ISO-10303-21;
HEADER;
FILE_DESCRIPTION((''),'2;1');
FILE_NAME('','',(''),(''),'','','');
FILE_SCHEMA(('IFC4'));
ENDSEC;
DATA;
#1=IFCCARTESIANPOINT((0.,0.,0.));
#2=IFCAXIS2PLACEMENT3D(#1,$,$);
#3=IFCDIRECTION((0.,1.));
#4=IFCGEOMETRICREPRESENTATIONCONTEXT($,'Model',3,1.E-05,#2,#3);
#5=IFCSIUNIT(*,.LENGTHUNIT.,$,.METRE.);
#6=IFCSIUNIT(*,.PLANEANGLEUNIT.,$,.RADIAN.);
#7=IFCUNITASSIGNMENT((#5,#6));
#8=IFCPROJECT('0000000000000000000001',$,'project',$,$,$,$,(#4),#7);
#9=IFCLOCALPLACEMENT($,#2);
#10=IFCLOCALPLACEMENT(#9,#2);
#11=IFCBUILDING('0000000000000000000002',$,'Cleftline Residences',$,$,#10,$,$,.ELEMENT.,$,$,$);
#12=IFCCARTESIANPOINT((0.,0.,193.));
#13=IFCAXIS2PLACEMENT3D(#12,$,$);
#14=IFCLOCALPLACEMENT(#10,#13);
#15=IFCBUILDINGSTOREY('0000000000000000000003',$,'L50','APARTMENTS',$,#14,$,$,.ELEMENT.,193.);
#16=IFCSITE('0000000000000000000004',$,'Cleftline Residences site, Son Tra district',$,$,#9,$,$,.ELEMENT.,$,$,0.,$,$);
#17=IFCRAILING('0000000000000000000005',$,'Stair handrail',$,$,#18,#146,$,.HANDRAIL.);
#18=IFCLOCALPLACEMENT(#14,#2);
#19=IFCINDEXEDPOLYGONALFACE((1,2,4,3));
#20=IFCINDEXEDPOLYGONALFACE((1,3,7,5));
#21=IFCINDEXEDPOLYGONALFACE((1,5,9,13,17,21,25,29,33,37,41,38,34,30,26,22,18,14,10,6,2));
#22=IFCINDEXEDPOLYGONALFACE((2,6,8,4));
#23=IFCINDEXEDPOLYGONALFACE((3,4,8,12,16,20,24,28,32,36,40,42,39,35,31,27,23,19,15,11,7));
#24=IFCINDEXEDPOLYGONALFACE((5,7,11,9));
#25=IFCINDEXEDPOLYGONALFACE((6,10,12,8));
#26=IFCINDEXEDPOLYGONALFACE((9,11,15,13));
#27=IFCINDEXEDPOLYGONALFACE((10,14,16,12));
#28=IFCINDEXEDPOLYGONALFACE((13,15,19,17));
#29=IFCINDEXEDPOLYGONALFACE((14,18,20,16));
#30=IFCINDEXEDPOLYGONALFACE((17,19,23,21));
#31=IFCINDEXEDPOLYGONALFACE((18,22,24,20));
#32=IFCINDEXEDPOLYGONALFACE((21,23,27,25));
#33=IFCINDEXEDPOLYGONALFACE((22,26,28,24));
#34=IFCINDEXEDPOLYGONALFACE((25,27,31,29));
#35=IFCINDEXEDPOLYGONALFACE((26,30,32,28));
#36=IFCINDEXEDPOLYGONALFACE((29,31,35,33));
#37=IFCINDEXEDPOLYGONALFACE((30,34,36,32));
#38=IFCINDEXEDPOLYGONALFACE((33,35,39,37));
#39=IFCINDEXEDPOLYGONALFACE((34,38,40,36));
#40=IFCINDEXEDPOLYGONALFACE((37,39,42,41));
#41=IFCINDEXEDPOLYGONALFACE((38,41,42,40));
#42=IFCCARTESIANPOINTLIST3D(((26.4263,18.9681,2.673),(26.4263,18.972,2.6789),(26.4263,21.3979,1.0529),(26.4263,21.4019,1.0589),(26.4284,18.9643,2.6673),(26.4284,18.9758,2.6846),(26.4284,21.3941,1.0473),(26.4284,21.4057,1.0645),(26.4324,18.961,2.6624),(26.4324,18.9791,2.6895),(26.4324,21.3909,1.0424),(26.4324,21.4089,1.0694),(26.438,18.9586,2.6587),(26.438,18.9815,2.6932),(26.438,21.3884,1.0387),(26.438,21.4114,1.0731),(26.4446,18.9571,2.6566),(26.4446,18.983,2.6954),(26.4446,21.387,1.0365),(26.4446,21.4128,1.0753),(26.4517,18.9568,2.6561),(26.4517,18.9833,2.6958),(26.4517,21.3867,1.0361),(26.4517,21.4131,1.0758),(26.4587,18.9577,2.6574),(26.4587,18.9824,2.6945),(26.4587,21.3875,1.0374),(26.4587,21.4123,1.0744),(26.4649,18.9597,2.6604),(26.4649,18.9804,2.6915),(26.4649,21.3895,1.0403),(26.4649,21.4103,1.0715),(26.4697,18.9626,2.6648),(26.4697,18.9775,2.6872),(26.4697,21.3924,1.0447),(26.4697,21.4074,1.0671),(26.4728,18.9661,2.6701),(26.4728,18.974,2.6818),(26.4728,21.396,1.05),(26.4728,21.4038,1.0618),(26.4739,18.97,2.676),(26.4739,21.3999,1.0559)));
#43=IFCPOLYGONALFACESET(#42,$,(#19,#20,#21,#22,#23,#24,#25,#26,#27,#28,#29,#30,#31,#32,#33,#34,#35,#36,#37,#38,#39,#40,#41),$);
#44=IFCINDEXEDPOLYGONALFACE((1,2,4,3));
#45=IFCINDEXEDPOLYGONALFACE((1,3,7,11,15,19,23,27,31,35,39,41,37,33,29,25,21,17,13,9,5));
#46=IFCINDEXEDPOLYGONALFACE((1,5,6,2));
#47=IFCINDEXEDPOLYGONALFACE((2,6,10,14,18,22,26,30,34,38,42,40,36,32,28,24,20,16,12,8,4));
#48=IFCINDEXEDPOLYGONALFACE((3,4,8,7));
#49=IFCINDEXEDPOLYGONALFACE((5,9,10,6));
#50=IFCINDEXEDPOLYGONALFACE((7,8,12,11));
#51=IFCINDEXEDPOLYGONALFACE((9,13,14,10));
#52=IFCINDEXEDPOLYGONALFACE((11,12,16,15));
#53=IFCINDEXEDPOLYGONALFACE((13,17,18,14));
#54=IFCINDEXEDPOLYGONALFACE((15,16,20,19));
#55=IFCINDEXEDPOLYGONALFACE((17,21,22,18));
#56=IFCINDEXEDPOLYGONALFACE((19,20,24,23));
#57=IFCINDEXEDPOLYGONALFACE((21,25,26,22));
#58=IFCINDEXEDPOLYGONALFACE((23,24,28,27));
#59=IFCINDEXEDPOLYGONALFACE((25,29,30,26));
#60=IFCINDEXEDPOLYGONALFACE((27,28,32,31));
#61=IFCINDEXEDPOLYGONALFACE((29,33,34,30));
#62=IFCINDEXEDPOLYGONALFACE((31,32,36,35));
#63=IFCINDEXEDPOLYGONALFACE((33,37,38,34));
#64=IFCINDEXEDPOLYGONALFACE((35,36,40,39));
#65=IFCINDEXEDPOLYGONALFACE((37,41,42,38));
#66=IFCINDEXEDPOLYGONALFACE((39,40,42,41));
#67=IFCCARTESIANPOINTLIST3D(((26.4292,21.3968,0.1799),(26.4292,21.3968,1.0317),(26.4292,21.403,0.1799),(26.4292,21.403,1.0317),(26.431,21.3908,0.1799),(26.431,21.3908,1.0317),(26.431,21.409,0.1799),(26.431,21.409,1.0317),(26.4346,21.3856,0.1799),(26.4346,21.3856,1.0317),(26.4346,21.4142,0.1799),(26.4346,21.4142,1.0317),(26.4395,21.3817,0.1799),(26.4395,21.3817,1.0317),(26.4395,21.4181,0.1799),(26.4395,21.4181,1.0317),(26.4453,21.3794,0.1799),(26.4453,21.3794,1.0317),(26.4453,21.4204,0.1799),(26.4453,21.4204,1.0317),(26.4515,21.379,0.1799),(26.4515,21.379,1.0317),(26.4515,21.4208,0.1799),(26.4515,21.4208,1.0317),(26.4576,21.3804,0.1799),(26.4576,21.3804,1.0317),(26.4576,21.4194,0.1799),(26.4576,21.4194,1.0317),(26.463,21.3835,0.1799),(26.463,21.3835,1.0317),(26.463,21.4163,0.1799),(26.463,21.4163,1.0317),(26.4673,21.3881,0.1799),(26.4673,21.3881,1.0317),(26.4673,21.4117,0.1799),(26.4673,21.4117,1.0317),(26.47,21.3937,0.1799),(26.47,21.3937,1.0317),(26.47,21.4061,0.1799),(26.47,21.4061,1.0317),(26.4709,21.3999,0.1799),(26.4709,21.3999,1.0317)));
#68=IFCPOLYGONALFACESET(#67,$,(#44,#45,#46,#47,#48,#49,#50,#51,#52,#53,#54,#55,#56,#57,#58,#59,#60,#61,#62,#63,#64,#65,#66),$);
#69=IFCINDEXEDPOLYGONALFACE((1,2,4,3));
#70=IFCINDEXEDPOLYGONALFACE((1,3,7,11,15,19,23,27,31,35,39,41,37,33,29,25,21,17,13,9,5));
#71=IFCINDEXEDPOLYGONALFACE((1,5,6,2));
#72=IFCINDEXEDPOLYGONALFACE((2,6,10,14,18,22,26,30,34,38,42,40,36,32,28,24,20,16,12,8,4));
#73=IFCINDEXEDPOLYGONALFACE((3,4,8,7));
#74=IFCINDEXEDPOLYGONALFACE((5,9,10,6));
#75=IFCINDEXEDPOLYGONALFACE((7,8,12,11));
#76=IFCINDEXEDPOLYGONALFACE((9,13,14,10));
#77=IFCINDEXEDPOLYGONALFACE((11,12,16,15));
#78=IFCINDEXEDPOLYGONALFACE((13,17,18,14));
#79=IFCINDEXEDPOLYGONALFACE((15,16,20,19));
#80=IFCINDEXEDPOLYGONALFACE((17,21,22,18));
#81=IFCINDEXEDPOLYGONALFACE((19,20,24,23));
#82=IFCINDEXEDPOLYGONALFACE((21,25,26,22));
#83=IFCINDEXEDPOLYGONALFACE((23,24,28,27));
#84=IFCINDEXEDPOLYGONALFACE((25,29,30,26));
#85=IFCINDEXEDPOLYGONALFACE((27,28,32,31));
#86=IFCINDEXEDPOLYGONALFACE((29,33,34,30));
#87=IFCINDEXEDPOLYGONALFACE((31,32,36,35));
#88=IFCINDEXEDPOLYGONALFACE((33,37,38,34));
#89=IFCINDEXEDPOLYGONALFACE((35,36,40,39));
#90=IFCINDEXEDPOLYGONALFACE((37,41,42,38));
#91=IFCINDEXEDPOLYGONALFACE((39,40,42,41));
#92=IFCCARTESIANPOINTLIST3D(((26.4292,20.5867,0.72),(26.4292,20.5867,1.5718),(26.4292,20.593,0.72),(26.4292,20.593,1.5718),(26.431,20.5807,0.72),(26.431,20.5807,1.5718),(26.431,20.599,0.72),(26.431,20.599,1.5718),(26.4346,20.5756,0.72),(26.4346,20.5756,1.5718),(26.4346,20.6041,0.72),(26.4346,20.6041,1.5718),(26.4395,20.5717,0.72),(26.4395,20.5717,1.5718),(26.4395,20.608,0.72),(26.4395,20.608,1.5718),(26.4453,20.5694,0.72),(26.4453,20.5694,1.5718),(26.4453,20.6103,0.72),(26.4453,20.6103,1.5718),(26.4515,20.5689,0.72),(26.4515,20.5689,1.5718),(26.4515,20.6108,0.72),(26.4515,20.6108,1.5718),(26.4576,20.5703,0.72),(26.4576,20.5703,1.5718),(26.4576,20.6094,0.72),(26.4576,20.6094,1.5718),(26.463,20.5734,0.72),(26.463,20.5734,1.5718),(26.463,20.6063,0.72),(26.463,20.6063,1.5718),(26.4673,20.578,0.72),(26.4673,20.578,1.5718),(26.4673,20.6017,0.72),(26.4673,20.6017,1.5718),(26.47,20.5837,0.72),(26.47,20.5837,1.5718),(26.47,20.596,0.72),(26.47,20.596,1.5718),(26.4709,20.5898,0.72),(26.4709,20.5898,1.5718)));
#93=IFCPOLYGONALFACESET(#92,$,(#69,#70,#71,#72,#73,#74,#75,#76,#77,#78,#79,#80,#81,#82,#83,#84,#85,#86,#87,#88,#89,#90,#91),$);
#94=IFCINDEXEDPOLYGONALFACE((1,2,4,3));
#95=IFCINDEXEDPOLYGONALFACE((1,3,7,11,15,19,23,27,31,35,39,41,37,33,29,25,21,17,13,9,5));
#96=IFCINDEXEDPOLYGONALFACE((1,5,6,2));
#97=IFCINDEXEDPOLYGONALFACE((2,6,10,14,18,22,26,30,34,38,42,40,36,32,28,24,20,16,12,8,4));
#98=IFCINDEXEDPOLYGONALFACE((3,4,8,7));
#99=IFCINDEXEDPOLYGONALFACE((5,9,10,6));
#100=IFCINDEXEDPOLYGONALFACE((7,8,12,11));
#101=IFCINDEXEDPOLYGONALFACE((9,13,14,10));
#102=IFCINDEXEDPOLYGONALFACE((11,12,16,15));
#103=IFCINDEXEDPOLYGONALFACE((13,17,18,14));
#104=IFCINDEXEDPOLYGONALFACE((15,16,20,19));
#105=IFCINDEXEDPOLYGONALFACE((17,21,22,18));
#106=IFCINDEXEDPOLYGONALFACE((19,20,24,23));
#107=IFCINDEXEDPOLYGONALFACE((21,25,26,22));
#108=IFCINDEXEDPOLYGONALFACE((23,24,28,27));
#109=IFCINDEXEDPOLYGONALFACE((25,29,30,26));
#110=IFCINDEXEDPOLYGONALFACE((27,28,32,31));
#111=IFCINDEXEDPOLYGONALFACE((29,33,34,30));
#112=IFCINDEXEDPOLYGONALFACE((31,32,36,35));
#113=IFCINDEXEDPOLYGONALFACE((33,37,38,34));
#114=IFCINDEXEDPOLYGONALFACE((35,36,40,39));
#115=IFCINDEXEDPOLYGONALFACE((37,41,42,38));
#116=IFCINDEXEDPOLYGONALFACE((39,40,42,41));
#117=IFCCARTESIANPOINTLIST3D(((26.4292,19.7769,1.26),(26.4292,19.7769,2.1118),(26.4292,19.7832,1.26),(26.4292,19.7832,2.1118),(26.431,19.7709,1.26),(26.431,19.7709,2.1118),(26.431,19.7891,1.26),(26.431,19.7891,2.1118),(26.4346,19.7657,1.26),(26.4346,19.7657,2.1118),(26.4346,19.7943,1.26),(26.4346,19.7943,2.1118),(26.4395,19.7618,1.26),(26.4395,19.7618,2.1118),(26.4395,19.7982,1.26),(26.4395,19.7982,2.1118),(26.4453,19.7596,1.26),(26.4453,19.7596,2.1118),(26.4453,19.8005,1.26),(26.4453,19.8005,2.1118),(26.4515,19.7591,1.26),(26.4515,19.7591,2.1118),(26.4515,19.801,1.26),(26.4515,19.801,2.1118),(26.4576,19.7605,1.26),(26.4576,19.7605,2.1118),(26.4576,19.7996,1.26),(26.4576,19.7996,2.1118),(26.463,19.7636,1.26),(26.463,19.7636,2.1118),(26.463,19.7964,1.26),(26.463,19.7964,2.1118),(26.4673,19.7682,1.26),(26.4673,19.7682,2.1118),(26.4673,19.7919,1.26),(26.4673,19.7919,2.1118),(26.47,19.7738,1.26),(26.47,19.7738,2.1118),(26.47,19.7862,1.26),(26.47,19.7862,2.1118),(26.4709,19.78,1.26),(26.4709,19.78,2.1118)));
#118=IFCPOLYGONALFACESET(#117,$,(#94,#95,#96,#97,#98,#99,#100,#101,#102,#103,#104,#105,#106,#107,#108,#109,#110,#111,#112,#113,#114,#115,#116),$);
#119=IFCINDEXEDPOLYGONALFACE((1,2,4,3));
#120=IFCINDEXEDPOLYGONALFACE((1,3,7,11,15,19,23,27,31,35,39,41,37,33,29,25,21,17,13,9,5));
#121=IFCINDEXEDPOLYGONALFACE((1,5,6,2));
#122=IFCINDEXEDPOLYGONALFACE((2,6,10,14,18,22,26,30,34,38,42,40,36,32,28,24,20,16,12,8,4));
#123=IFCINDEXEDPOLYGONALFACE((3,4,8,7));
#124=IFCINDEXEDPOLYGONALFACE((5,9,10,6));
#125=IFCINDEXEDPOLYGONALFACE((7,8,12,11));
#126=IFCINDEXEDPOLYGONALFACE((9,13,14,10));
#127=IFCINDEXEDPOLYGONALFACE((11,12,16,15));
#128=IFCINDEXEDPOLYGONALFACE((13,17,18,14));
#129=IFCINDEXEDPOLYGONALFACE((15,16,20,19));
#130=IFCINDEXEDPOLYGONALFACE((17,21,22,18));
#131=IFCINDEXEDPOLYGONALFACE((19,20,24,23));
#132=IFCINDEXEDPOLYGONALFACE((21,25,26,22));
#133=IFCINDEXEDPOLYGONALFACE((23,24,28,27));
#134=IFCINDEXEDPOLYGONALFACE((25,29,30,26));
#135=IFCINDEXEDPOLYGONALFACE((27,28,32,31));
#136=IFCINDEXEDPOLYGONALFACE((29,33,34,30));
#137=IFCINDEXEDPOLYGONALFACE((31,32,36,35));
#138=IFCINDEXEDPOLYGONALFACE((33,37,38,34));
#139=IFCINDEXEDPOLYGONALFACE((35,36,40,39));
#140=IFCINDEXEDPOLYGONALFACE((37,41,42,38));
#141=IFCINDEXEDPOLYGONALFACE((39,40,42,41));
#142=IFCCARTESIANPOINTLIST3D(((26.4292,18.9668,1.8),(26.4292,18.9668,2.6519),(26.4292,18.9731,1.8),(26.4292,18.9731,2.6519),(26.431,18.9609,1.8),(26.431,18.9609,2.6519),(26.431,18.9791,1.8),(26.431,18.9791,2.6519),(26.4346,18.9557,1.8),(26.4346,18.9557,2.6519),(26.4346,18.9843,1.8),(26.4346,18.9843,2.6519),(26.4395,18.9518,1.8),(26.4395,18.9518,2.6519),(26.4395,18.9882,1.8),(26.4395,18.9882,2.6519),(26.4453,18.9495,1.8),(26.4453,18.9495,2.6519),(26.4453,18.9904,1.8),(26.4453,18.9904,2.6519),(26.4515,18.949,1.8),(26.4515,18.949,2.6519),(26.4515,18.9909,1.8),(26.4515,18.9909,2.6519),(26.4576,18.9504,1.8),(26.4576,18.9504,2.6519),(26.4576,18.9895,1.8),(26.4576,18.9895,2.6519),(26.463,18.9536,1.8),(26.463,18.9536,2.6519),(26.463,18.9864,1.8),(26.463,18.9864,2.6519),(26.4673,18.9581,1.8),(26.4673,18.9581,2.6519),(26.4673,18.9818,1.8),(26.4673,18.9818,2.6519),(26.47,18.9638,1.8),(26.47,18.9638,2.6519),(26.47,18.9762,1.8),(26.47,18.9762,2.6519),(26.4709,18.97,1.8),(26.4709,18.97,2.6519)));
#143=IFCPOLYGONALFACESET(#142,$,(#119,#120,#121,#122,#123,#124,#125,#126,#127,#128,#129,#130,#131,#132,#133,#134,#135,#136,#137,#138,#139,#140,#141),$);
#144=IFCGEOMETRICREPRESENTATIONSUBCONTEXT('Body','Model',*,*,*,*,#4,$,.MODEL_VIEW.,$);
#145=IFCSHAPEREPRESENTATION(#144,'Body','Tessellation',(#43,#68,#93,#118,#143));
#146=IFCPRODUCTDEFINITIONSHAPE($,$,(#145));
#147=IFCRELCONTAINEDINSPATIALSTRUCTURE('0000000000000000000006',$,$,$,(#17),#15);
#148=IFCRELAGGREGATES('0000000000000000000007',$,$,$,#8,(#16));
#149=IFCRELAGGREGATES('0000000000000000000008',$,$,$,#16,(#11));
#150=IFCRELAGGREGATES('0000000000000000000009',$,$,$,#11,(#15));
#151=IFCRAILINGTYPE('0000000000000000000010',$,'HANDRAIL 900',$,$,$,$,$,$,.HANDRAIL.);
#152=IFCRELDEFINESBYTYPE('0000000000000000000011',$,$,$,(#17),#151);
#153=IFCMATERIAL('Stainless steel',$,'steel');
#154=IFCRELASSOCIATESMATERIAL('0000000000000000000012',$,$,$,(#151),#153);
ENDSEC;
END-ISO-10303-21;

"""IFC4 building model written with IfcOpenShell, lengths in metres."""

from ifc_helpers import new_model, si_unit, direction, frame, origin, origin_2d, place, context, subcontext, project, spatial, circle, extrude, material, type_object, element, save


model = new_model("IFC4")

# Units and contexts
model_context = context("Model", 3, precision=1e-05, world=origin(), true_north=direction((0.0, 1.0)))
body_context = subcontext(model_context, "Body", "Model", "MODEL_VIEW")
ifc_project = project(units=[si_unit("LENGTHUNIT", "METRE"), si_unit("PLANEANGLEUNIT", "RADIAN")], contexts=[model_context])

# Site, building, storey
site_placement = place(None, origin())
site = spatial("IfcSite", under=ifc_project, at=site_placement, Name="Cleftline Residences site, Son Tra district", CompositionType="ELEMENT", RefElevation=0.0)
building_placement = place(site_placement, origin())
building = spatial("IfcBuilding", under=site, at=building_placement, Name="Cleftline Residences", CompositionType="ELEMENT")
storey_placement = place(building_placement, frame((0.0, 0.0, 193.0)))
storey = spatial("IfcBuildingStorey", under=building, at=storey_placement, Name="L50", Description="APARTMENTS", CompositionType="ELEMENT", Elevation=193.0)

# Railing
ifc_material_1 = material(Name="Stainless steel", Category="steel")
railing_type = type_object("IfcRailingType", Name="HANDRAIL 900", PredefinedType="HANDRAIL", material=ifc_material_1)
railing_1_placement = place(storey_placement, frame((26.45, 21.3999, 0.1799)))
element("IfcRailing", 1, at=railing_1_placement, inside=storey, type_object=railing_type, Name="Stair handrail", PredefinedType="HANDRAIL", context=body_context, shape_type="SweptSolid", body=[
    extrude(circle(Radius=0.0239, at=origin_2d()), frame((0.0, 0.0, 0.876), z_axis=(0.0, -0.832025, 0.554739), x_axis=(1.0, 0.0, 0.0)), (0.0, 0.0, 1.0), 2.9204),
    extrude(circle(Radius=0.021, at=origin_2d()), origin(), (0.0, 0.0, 1.0), 0.8518),
    extrude(circle(Radius=0.021, at=origin_2d()), frame((0.0, -0.8101, 0.54)), (0.0, 0.0, 1.0), 0.8518),
    extrude(circle(Radius=0.021, at=origin_2d()), frame((0.0, -1.6199, 1.0801)), (0.0, 0.0, 1.0), 0.8518),
    extrude(circle(Radius=0.021, at=origin_2d()), frame((0.0, -2.4299, 1.6201)), (0.0, 0.0, 1.0), 0.8518),
])

save(model, "model.ifc")
